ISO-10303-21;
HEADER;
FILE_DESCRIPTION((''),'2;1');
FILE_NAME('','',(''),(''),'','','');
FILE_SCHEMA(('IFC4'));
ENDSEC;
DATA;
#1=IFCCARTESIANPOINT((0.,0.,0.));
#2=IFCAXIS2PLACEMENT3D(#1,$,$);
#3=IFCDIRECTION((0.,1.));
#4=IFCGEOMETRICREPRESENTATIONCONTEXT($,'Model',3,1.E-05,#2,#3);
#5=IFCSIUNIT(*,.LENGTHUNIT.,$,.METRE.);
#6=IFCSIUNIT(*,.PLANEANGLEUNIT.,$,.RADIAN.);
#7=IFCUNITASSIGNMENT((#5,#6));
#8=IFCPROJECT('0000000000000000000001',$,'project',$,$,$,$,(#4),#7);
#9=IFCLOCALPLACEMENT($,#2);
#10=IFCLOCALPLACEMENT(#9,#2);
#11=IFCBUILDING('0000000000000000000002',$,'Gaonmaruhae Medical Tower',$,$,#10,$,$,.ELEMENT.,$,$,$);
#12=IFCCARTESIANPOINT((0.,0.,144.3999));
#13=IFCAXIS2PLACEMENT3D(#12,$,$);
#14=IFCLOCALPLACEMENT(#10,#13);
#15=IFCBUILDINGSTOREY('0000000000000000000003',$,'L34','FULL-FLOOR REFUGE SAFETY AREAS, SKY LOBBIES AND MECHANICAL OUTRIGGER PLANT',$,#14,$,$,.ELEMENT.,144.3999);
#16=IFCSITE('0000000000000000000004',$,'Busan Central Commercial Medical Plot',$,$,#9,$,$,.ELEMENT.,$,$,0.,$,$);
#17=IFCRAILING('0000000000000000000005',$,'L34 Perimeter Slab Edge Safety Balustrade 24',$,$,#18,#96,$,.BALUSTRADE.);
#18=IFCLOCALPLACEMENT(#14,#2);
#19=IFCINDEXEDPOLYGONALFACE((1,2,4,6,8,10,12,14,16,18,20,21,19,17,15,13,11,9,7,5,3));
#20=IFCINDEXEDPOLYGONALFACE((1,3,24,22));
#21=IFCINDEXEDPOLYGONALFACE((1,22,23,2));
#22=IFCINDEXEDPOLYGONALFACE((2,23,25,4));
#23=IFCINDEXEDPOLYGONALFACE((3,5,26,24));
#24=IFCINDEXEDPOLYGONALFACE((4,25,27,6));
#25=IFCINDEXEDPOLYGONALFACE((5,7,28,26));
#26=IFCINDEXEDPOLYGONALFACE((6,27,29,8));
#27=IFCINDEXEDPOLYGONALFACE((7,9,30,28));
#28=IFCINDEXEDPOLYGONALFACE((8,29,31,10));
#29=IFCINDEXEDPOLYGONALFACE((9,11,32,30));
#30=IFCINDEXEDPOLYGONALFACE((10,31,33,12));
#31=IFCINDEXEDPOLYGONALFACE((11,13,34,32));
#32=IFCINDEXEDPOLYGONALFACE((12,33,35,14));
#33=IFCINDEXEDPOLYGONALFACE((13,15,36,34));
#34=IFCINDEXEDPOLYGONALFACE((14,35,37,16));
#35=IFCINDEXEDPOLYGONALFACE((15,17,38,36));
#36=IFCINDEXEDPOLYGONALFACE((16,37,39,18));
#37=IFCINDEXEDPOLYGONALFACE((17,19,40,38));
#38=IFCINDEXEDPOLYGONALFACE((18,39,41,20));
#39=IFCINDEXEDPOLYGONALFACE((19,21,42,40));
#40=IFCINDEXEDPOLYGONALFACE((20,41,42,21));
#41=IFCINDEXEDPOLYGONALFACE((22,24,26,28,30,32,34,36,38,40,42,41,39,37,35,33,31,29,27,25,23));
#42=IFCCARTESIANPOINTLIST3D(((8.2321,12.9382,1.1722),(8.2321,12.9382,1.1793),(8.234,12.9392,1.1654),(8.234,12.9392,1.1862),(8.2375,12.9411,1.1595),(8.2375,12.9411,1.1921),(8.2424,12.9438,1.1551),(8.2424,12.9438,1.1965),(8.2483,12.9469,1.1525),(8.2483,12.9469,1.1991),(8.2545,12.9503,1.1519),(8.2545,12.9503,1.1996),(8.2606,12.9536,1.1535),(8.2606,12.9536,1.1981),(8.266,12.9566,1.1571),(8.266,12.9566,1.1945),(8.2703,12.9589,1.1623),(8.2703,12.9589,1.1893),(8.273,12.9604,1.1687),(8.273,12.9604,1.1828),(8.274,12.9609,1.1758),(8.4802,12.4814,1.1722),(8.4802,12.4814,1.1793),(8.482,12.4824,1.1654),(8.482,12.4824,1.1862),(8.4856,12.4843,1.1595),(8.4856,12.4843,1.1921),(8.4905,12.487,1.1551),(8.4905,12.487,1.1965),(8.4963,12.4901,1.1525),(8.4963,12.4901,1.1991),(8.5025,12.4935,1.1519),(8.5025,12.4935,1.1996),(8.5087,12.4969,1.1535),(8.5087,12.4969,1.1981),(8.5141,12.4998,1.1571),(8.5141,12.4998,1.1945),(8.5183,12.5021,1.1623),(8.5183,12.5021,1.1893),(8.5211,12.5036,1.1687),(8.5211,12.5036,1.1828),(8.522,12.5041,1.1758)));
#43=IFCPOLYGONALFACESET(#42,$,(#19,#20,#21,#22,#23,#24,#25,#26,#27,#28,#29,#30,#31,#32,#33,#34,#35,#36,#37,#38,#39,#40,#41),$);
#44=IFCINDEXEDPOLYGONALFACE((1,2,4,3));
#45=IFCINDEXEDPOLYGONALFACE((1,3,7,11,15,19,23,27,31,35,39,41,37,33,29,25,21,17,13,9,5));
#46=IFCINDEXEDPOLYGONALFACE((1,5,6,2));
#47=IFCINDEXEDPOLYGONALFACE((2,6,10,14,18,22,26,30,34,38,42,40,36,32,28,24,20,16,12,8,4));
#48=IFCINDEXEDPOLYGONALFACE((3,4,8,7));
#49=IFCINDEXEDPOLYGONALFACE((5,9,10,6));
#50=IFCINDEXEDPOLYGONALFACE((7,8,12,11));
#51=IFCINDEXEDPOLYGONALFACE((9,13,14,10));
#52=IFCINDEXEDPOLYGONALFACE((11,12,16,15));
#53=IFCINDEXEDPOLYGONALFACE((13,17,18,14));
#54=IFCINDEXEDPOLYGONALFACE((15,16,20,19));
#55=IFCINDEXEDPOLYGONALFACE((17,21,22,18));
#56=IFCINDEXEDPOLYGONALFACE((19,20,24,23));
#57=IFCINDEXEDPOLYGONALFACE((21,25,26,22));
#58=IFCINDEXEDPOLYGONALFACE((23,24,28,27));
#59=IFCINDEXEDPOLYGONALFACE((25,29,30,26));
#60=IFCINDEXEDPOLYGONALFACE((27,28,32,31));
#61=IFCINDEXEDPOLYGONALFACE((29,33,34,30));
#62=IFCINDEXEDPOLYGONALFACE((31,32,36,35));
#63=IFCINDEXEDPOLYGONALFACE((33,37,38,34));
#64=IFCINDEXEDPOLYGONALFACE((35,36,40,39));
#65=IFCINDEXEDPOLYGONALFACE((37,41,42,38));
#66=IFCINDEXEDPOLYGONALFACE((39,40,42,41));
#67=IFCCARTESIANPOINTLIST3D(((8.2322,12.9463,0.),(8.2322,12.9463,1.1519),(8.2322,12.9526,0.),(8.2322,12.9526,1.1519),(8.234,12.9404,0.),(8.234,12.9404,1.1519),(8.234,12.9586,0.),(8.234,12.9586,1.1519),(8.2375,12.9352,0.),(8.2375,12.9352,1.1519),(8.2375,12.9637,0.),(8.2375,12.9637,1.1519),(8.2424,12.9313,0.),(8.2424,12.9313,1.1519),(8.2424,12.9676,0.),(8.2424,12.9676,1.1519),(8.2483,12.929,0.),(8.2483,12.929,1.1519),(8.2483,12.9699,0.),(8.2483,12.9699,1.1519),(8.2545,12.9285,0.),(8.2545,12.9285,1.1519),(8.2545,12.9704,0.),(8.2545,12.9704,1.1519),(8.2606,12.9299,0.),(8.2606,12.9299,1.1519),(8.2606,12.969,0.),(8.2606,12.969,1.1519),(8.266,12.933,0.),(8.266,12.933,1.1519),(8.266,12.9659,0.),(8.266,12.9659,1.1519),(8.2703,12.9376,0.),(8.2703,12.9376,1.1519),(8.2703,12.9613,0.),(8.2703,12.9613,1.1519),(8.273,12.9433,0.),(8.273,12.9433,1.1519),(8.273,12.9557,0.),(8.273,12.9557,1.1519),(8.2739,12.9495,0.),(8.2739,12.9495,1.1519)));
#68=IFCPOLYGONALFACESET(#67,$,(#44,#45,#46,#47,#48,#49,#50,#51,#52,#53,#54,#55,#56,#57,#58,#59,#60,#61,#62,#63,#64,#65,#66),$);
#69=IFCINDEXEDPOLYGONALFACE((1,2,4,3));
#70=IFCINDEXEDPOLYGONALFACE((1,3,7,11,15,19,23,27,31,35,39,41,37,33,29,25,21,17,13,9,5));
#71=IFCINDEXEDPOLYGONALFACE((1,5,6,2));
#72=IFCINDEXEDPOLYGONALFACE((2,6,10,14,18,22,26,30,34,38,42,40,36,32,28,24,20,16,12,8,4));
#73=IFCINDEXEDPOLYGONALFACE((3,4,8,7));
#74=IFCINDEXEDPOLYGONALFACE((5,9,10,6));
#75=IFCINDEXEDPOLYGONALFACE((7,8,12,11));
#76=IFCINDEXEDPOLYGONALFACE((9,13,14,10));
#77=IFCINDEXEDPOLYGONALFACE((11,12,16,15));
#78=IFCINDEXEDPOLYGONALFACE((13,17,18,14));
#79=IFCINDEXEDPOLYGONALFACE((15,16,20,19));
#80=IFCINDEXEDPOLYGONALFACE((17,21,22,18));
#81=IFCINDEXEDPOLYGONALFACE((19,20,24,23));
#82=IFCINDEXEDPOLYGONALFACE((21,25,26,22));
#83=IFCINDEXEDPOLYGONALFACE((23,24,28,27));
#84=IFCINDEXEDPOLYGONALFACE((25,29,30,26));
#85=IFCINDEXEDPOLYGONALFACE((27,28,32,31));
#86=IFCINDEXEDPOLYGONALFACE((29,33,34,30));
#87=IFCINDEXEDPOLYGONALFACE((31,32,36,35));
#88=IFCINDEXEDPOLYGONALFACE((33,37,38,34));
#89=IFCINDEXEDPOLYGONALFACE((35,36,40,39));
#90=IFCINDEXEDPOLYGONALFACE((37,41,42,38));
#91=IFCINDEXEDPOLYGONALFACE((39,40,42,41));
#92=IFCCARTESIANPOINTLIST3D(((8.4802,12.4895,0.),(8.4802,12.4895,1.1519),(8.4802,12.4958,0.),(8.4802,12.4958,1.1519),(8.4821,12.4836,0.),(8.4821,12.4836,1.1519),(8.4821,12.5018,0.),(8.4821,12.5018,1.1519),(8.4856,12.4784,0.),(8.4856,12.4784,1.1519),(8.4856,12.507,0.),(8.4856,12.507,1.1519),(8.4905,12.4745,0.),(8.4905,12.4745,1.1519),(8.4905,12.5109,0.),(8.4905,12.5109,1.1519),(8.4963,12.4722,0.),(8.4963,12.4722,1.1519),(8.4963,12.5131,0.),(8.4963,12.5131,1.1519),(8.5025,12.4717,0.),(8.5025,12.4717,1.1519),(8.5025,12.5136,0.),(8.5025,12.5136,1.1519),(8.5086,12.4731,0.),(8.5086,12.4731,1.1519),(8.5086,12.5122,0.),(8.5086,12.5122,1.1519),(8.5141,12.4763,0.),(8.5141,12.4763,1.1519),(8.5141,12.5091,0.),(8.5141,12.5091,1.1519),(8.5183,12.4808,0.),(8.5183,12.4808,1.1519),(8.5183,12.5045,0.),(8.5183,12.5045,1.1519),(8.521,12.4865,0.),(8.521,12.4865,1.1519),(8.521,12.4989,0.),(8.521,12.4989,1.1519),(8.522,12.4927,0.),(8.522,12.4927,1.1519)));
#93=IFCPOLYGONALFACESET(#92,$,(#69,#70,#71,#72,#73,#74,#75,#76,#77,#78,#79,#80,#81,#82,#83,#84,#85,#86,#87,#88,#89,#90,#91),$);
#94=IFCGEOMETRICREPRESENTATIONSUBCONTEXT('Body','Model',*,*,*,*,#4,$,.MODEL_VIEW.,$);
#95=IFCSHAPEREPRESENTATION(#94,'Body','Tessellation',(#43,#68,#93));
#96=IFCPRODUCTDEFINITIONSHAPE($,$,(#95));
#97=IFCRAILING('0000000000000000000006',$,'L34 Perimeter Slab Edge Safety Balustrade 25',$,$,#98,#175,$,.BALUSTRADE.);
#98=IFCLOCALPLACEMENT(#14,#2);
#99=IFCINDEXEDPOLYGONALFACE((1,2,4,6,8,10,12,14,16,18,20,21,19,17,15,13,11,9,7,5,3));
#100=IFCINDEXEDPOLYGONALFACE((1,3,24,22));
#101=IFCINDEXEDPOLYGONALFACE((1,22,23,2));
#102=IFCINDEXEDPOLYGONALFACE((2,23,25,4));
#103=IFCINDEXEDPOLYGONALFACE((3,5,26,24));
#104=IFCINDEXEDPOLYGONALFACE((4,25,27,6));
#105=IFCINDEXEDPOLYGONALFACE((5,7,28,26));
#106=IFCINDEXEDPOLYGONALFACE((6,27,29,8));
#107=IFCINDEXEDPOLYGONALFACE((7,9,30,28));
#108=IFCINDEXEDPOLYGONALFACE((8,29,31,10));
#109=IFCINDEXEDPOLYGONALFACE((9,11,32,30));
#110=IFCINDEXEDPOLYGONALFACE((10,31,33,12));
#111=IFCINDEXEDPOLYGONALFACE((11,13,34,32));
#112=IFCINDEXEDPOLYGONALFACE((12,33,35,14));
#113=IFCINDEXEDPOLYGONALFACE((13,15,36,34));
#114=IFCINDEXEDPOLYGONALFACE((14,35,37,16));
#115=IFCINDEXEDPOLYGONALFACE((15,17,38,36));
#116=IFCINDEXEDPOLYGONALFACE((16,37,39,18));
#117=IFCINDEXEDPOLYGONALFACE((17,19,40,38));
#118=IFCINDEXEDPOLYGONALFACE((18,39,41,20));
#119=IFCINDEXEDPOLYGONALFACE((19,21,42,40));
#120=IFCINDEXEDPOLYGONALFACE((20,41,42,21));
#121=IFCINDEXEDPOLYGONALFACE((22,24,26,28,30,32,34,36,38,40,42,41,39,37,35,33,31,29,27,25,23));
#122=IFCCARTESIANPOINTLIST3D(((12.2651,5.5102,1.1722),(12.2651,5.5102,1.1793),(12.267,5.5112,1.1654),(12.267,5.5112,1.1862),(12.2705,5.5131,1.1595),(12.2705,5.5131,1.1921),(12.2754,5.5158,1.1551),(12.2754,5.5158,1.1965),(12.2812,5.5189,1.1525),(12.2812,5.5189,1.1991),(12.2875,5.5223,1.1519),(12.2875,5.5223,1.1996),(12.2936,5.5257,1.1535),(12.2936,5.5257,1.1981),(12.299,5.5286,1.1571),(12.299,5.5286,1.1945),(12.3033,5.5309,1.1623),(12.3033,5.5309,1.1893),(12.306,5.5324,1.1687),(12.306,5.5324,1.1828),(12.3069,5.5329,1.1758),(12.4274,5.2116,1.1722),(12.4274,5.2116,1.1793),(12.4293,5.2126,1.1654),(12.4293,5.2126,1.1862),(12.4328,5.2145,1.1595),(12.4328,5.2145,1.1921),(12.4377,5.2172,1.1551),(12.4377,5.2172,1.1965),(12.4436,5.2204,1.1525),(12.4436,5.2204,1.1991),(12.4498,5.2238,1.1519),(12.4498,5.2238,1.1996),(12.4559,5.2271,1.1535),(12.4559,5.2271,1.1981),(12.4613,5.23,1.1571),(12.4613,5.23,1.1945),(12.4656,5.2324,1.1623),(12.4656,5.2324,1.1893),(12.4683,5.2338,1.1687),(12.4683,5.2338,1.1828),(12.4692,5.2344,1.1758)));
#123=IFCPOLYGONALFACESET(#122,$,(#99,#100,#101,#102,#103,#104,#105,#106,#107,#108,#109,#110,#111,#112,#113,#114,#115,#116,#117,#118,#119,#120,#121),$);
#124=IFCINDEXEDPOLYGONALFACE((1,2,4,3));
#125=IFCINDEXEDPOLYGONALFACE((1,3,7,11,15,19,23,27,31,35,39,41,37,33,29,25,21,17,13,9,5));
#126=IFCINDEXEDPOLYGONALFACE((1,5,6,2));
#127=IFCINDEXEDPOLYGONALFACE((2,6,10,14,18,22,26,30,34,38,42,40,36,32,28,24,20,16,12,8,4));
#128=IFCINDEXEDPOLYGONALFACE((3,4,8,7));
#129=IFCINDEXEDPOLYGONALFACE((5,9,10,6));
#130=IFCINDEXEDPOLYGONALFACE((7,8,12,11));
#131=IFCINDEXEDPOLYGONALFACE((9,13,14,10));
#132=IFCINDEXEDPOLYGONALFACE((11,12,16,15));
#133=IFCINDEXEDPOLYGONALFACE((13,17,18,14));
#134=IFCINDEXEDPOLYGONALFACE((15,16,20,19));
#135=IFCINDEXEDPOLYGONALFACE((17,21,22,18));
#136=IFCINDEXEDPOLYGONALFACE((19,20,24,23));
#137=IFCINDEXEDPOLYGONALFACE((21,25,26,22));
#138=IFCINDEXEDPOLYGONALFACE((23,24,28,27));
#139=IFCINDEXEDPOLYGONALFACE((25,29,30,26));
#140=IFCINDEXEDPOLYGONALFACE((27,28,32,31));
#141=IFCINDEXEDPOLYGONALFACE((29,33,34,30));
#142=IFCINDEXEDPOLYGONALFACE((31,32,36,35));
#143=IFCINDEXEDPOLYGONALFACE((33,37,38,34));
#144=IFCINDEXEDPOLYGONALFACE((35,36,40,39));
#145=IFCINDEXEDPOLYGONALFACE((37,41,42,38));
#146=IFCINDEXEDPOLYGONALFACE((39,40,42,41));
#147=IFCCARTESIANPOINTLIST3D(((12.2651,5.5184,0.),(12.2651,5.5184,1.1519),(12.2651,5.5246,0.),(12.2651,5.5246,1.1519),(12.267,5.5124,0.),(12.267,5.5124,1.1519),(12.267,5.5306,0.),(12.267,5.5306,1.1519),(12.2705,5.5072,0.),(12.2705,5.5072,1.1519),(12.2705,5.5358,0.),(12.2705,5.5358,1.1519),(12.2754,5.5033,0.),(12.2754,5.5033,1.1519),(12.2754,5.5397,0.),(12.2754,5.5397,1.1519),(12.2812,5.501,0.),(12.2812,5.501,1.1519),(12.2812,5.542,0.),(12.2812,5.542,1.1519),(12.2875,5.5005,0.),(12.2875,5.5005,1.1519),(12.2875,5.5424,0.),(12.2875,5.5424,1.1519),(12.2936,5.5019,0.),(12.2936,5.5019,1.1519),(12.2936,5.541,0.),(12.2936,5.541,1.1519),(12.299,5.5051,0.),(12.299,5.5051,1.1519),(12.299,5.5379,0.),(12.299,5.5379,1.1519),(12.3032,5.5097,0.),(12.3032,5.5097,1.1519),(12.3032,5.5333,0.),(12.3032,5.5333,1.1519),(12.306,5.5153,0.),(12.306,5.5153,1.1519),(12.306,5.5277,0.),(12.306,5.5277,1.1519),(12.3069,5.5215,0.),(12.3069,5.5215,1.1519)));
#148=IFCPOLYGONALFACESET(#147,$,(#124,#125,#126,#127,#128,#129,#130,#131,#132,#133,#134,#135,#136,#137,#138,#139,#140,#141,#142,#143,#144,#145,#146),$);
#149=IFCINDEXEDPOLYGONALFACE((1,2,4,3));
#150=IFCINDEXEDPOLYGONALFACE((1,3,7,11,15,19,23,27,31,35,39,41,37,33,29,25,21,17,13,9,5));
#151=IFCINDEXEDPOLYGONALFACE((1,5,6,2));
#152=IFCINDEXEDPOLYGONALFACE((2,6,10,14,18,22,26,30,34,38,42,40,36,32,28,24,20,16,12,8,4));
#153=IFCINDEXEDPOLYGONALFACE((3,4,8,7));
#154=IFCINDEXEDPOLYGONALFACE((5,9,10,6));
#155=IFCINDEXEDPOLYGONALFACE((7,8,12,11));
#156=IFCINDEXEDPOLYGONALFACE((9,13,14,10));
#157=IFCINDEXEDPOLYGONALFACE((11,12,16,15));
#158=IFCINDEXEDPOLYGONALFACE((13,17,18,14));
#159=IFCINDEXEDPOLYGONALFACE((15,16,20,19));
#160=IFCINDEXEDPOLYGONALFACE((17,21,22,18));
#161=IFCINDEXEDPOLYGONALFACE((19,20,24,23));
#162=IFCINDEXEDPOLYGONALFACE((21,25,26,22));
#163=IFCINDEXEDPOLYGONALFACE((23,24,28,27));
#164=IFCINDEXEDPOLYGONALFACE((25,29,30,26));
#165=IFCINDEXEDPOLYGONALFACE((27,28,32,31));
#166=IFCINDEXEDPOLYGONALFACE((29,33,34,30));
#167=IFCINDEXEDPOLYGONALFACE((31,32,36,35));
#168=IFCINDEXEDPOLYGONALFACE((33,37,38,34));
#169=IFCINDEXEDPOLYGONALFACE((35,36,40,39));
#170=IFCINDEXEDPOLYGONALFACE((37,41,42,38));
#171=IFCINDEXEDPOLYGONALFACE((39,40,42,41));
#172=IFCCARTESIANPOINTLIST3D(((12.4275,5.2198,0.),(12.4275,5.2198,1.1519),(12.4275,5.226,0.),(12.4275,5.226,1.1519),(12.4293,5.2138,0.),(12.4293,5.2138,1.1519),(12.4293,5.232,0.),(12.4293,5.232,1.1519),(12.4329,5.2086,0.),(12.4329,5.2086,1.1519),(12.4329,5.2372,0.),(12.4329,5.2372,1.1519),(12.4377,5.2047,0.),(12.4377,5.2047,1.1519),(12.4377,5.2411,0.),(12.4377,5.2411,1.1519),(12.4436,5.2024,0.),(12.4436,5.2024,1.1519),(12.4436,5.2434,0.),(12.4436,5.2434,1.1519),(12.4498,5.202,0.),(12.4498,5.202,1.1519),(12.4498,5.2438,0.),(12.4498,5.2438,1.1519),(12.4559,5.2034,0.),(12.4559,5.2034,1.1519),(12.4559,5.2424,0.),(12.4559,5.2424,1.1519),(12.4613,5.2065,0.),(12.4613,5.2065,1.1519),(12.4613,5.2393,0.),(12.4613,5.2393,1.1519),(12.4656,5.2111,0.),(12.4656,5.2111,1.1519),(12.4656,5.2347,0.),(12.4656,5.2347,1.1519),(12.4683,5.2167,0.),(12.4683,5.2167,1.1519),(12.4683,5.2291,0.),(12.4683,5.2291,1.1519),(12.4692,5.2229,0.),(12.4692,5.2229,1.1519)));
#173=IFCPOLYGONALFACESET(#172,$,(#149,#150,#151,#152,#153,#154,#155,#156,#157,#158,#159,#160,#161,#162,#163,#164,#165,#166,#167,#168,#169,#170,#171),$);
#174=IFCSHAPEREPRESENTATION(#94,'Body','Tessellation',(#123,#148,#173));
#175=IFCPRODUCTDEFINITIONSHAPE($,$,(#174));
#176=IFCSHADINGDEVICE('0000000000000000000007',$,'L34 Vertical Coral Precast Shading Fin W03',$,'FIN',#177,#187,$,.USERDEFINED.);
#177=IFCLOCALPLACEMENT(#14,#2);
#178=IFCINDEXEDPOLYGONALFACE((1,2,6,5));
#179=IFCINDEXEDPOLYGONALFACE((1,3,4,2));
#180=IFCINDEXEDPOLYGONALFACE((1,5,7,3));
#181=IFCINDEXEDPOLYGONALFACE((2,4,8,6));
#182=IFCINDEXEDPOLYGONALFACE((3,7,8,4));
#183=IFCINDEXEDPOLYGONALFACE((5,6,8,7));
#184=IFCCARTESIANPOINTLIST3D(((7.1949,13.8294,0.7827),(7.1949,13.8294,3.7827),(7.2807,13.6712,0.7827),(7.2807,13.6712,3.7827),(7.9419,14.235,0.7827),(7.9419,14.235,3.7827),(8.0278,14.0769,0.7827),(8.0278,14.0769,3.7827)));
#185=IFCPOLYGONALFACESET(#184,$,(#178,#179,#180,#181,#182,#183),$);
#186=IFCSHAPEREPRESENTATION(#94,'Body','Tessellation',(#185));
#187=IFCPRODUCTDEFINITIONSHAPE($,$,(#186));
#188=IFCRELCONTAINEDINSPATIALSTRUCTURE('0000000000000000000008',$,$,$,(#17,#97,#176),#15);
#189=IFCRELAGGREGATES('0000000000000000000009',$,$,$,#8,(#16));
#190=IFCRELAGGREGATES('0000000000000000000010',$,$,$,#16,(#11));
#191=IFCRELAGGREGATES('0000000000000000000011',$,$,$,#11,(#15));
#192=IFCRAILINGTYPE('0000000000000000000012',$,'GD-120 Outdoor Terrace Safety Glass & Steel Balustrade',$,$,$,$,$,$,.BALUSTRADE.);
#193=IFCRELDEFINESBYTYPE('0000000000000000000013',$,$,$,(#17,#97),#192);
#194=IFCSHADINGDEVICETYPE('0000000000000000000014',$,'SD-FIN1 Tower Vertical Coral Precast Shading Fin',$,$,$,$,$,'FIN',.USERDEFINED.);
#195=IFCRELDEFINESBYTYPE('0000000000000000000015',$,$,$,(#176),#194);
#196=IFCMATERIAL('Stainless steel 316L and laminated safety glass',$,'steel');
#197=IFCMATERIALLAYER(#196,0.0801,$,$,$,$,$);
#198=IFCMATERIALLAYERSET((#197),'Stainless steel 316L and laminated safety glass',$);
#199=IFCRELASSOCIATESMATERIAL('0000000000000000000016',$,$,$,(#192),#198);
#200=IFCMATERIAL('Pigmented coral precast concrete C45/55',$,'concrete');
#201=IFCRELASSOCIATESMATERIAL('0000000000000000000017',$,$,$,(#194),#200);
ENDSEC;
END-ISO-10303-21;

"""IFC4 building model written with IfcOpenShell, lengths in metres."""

from ifc_helpers import new_model, si_unit, direction, frame, origin, origin_2d, place, context, subcontext, project, spatial, rectangle, circle, extrude, material, layer, layer_set, type_object, element, save


model = new_model("IFC4")

# Units and contexts
model_context = context("Model", 3, precision=1e-05, world=origin(), true_north=direction((0.0, 1.0)))
body_context = subcontext(model_context, "Body", "Model", "MODEL_VIEW")
ifc_project = project(units=[si_unit("LENGTHUNIT", "METRE"), si_unit("PLANEANGLEUNIT", "RADIAN")], contexts=[model_context])

# Site, building, storey
site_placement = place(None, origin())
site = spatial("IfcSite", under=ifc_project, at=site_placement, Name="Busan Central Commercial Medical Plot", CompositionType="ELEMENT", RefElevation=0.0)
building_placement = place(site_placement, origin())
building = spatial("IfcBuilding", under=site, at=building_placement, Name="Gaonmaruhae Medical Tower", CompositionType="ELEMENT")
storey_placement = place(building_placement, frame((0.0, 0.0, 144.3999)))
storey = spatial("IfcBuildingStorey", under=building, at=storey_placement, Name="L34", Description="FULL-FLOOR REFUGE SAFETY AREAS, SKY LOBBIES AND MECHANICAL OUTRIGGER PLANT", CompositionType="ELEMENT", Elevation=144.3999)

# Railings
ifc_material_1 = material(Name="Stainless steel 316L and laminated safety glass", Category="steel")
ifc_layer_1 = layer(ifc_material_1, 0.0801)
ifc_layer_set_1 = layer_set([ifc_layer_1], Name="Stainless steel 316L and laminated safety glass")
railing_type = type_object("IfcRailingType", Name="GD-120 Outdoor Terrace Safety Glass & Steel Balustrade", PredefinedType="BALUSTRADE", material=ifc_layer_set_1)
railing_1_placement = place(storey_placement, frame((8.2529, 12.9495, 0.0)))
element("IfcRailing", 1, at=railing_1_placement, inside=storey, type_object=railing_type, Name="L34 Perimeter Slab Edge Safety Balustrade 24", PredefinedType="BALUSTRADE", context=body_context, shape_type="SweptSolid", body=[
    extrude(circle(Radius=0.0239, at=origin_2d()), frame((0.0, 0.0, 1.1758), z_axis=(0.477206, -0.878792, 0.0), x_axis=(0.878792, 0.477206, 0.0)), (0.0, 0.0, 1.0), 0.5198),
    extrude(circle(Radius=0.021, at=origin_2d()), origin(), (0.0, 0.0, 1.0), 1.1519),
    extrude(circle(Radius=0.021, at=origin_2d()), frame((0.248, -0.4568, 0.0)), (0.0, 0.0, 1.0), 1.1519),
])
railing_2_placement = place(storey_placement, frame((12.2859, 5.5215, 0.0)))
element("IfcRailing", 2, at=railing_2_placement, inside=storey, type_object=railing_type, Name="L34 Perimeter Slab Edge Safety Balustrade 25", PredefinedType="BALUSTRADE", context=body_context, shape_type="SweptSolid", body=[
    extrude(circle(Radius=0.0239, at=origin_2d()), frame((0.0, 0.0, 1.1758), z_axis=(0.477694, -0.878526, 0.0), x_axis=(0.878526, 0.477694, 0.0)), (0.0, 0.0, 1.0), 0.3398),
    extrude(circle(Radius=0.021, at=origin_2d()), origin(), (0.0, 0.0, 1.0), 1.1519),
    extrude(circle(Radius=0.021, at=origin_2d()), frame((0.1624, -0.2986, 0.0)), (0.0, 0.0, 1.0), 1.1519),
])

# Shading device
ifc_material_2 = material(Name="Pigmented coral precast concrete C45/55", Category="concrete")
shading_device_type = type_object("IfcShadingDeviceType", Name="SD-FIN1 Tower Vertical Coral Precast Shading Fin", ElementType="FIN", PredefinedType="USERDEFINED", material=ifc_material_2)
shading_device_placement = place(storey_placement, frame((7.6113, 13.9531, 0.7827), z_axis=(0.0, 0.0, 1.0), x_axis=(-0.477159, 0.878817, 0.0)))
element("IfcShadingDevice", 3, at=shading_device_placement, inside=storey, type_object=shading_device_type, Name="L34 Vertical Coral Precast Shading Fin W03", ObjectType="FIN", PredefinedType="USERDEFINED", context=body_context, shape_type="SweptSolid", body=[
    extrude(rectangle(XDim=0.1799, YDim=0.8501, at=origin_2d()), origin(), (0.0, 0.0, 1.0), 3.0),
])

save(model, "model.ifc")
